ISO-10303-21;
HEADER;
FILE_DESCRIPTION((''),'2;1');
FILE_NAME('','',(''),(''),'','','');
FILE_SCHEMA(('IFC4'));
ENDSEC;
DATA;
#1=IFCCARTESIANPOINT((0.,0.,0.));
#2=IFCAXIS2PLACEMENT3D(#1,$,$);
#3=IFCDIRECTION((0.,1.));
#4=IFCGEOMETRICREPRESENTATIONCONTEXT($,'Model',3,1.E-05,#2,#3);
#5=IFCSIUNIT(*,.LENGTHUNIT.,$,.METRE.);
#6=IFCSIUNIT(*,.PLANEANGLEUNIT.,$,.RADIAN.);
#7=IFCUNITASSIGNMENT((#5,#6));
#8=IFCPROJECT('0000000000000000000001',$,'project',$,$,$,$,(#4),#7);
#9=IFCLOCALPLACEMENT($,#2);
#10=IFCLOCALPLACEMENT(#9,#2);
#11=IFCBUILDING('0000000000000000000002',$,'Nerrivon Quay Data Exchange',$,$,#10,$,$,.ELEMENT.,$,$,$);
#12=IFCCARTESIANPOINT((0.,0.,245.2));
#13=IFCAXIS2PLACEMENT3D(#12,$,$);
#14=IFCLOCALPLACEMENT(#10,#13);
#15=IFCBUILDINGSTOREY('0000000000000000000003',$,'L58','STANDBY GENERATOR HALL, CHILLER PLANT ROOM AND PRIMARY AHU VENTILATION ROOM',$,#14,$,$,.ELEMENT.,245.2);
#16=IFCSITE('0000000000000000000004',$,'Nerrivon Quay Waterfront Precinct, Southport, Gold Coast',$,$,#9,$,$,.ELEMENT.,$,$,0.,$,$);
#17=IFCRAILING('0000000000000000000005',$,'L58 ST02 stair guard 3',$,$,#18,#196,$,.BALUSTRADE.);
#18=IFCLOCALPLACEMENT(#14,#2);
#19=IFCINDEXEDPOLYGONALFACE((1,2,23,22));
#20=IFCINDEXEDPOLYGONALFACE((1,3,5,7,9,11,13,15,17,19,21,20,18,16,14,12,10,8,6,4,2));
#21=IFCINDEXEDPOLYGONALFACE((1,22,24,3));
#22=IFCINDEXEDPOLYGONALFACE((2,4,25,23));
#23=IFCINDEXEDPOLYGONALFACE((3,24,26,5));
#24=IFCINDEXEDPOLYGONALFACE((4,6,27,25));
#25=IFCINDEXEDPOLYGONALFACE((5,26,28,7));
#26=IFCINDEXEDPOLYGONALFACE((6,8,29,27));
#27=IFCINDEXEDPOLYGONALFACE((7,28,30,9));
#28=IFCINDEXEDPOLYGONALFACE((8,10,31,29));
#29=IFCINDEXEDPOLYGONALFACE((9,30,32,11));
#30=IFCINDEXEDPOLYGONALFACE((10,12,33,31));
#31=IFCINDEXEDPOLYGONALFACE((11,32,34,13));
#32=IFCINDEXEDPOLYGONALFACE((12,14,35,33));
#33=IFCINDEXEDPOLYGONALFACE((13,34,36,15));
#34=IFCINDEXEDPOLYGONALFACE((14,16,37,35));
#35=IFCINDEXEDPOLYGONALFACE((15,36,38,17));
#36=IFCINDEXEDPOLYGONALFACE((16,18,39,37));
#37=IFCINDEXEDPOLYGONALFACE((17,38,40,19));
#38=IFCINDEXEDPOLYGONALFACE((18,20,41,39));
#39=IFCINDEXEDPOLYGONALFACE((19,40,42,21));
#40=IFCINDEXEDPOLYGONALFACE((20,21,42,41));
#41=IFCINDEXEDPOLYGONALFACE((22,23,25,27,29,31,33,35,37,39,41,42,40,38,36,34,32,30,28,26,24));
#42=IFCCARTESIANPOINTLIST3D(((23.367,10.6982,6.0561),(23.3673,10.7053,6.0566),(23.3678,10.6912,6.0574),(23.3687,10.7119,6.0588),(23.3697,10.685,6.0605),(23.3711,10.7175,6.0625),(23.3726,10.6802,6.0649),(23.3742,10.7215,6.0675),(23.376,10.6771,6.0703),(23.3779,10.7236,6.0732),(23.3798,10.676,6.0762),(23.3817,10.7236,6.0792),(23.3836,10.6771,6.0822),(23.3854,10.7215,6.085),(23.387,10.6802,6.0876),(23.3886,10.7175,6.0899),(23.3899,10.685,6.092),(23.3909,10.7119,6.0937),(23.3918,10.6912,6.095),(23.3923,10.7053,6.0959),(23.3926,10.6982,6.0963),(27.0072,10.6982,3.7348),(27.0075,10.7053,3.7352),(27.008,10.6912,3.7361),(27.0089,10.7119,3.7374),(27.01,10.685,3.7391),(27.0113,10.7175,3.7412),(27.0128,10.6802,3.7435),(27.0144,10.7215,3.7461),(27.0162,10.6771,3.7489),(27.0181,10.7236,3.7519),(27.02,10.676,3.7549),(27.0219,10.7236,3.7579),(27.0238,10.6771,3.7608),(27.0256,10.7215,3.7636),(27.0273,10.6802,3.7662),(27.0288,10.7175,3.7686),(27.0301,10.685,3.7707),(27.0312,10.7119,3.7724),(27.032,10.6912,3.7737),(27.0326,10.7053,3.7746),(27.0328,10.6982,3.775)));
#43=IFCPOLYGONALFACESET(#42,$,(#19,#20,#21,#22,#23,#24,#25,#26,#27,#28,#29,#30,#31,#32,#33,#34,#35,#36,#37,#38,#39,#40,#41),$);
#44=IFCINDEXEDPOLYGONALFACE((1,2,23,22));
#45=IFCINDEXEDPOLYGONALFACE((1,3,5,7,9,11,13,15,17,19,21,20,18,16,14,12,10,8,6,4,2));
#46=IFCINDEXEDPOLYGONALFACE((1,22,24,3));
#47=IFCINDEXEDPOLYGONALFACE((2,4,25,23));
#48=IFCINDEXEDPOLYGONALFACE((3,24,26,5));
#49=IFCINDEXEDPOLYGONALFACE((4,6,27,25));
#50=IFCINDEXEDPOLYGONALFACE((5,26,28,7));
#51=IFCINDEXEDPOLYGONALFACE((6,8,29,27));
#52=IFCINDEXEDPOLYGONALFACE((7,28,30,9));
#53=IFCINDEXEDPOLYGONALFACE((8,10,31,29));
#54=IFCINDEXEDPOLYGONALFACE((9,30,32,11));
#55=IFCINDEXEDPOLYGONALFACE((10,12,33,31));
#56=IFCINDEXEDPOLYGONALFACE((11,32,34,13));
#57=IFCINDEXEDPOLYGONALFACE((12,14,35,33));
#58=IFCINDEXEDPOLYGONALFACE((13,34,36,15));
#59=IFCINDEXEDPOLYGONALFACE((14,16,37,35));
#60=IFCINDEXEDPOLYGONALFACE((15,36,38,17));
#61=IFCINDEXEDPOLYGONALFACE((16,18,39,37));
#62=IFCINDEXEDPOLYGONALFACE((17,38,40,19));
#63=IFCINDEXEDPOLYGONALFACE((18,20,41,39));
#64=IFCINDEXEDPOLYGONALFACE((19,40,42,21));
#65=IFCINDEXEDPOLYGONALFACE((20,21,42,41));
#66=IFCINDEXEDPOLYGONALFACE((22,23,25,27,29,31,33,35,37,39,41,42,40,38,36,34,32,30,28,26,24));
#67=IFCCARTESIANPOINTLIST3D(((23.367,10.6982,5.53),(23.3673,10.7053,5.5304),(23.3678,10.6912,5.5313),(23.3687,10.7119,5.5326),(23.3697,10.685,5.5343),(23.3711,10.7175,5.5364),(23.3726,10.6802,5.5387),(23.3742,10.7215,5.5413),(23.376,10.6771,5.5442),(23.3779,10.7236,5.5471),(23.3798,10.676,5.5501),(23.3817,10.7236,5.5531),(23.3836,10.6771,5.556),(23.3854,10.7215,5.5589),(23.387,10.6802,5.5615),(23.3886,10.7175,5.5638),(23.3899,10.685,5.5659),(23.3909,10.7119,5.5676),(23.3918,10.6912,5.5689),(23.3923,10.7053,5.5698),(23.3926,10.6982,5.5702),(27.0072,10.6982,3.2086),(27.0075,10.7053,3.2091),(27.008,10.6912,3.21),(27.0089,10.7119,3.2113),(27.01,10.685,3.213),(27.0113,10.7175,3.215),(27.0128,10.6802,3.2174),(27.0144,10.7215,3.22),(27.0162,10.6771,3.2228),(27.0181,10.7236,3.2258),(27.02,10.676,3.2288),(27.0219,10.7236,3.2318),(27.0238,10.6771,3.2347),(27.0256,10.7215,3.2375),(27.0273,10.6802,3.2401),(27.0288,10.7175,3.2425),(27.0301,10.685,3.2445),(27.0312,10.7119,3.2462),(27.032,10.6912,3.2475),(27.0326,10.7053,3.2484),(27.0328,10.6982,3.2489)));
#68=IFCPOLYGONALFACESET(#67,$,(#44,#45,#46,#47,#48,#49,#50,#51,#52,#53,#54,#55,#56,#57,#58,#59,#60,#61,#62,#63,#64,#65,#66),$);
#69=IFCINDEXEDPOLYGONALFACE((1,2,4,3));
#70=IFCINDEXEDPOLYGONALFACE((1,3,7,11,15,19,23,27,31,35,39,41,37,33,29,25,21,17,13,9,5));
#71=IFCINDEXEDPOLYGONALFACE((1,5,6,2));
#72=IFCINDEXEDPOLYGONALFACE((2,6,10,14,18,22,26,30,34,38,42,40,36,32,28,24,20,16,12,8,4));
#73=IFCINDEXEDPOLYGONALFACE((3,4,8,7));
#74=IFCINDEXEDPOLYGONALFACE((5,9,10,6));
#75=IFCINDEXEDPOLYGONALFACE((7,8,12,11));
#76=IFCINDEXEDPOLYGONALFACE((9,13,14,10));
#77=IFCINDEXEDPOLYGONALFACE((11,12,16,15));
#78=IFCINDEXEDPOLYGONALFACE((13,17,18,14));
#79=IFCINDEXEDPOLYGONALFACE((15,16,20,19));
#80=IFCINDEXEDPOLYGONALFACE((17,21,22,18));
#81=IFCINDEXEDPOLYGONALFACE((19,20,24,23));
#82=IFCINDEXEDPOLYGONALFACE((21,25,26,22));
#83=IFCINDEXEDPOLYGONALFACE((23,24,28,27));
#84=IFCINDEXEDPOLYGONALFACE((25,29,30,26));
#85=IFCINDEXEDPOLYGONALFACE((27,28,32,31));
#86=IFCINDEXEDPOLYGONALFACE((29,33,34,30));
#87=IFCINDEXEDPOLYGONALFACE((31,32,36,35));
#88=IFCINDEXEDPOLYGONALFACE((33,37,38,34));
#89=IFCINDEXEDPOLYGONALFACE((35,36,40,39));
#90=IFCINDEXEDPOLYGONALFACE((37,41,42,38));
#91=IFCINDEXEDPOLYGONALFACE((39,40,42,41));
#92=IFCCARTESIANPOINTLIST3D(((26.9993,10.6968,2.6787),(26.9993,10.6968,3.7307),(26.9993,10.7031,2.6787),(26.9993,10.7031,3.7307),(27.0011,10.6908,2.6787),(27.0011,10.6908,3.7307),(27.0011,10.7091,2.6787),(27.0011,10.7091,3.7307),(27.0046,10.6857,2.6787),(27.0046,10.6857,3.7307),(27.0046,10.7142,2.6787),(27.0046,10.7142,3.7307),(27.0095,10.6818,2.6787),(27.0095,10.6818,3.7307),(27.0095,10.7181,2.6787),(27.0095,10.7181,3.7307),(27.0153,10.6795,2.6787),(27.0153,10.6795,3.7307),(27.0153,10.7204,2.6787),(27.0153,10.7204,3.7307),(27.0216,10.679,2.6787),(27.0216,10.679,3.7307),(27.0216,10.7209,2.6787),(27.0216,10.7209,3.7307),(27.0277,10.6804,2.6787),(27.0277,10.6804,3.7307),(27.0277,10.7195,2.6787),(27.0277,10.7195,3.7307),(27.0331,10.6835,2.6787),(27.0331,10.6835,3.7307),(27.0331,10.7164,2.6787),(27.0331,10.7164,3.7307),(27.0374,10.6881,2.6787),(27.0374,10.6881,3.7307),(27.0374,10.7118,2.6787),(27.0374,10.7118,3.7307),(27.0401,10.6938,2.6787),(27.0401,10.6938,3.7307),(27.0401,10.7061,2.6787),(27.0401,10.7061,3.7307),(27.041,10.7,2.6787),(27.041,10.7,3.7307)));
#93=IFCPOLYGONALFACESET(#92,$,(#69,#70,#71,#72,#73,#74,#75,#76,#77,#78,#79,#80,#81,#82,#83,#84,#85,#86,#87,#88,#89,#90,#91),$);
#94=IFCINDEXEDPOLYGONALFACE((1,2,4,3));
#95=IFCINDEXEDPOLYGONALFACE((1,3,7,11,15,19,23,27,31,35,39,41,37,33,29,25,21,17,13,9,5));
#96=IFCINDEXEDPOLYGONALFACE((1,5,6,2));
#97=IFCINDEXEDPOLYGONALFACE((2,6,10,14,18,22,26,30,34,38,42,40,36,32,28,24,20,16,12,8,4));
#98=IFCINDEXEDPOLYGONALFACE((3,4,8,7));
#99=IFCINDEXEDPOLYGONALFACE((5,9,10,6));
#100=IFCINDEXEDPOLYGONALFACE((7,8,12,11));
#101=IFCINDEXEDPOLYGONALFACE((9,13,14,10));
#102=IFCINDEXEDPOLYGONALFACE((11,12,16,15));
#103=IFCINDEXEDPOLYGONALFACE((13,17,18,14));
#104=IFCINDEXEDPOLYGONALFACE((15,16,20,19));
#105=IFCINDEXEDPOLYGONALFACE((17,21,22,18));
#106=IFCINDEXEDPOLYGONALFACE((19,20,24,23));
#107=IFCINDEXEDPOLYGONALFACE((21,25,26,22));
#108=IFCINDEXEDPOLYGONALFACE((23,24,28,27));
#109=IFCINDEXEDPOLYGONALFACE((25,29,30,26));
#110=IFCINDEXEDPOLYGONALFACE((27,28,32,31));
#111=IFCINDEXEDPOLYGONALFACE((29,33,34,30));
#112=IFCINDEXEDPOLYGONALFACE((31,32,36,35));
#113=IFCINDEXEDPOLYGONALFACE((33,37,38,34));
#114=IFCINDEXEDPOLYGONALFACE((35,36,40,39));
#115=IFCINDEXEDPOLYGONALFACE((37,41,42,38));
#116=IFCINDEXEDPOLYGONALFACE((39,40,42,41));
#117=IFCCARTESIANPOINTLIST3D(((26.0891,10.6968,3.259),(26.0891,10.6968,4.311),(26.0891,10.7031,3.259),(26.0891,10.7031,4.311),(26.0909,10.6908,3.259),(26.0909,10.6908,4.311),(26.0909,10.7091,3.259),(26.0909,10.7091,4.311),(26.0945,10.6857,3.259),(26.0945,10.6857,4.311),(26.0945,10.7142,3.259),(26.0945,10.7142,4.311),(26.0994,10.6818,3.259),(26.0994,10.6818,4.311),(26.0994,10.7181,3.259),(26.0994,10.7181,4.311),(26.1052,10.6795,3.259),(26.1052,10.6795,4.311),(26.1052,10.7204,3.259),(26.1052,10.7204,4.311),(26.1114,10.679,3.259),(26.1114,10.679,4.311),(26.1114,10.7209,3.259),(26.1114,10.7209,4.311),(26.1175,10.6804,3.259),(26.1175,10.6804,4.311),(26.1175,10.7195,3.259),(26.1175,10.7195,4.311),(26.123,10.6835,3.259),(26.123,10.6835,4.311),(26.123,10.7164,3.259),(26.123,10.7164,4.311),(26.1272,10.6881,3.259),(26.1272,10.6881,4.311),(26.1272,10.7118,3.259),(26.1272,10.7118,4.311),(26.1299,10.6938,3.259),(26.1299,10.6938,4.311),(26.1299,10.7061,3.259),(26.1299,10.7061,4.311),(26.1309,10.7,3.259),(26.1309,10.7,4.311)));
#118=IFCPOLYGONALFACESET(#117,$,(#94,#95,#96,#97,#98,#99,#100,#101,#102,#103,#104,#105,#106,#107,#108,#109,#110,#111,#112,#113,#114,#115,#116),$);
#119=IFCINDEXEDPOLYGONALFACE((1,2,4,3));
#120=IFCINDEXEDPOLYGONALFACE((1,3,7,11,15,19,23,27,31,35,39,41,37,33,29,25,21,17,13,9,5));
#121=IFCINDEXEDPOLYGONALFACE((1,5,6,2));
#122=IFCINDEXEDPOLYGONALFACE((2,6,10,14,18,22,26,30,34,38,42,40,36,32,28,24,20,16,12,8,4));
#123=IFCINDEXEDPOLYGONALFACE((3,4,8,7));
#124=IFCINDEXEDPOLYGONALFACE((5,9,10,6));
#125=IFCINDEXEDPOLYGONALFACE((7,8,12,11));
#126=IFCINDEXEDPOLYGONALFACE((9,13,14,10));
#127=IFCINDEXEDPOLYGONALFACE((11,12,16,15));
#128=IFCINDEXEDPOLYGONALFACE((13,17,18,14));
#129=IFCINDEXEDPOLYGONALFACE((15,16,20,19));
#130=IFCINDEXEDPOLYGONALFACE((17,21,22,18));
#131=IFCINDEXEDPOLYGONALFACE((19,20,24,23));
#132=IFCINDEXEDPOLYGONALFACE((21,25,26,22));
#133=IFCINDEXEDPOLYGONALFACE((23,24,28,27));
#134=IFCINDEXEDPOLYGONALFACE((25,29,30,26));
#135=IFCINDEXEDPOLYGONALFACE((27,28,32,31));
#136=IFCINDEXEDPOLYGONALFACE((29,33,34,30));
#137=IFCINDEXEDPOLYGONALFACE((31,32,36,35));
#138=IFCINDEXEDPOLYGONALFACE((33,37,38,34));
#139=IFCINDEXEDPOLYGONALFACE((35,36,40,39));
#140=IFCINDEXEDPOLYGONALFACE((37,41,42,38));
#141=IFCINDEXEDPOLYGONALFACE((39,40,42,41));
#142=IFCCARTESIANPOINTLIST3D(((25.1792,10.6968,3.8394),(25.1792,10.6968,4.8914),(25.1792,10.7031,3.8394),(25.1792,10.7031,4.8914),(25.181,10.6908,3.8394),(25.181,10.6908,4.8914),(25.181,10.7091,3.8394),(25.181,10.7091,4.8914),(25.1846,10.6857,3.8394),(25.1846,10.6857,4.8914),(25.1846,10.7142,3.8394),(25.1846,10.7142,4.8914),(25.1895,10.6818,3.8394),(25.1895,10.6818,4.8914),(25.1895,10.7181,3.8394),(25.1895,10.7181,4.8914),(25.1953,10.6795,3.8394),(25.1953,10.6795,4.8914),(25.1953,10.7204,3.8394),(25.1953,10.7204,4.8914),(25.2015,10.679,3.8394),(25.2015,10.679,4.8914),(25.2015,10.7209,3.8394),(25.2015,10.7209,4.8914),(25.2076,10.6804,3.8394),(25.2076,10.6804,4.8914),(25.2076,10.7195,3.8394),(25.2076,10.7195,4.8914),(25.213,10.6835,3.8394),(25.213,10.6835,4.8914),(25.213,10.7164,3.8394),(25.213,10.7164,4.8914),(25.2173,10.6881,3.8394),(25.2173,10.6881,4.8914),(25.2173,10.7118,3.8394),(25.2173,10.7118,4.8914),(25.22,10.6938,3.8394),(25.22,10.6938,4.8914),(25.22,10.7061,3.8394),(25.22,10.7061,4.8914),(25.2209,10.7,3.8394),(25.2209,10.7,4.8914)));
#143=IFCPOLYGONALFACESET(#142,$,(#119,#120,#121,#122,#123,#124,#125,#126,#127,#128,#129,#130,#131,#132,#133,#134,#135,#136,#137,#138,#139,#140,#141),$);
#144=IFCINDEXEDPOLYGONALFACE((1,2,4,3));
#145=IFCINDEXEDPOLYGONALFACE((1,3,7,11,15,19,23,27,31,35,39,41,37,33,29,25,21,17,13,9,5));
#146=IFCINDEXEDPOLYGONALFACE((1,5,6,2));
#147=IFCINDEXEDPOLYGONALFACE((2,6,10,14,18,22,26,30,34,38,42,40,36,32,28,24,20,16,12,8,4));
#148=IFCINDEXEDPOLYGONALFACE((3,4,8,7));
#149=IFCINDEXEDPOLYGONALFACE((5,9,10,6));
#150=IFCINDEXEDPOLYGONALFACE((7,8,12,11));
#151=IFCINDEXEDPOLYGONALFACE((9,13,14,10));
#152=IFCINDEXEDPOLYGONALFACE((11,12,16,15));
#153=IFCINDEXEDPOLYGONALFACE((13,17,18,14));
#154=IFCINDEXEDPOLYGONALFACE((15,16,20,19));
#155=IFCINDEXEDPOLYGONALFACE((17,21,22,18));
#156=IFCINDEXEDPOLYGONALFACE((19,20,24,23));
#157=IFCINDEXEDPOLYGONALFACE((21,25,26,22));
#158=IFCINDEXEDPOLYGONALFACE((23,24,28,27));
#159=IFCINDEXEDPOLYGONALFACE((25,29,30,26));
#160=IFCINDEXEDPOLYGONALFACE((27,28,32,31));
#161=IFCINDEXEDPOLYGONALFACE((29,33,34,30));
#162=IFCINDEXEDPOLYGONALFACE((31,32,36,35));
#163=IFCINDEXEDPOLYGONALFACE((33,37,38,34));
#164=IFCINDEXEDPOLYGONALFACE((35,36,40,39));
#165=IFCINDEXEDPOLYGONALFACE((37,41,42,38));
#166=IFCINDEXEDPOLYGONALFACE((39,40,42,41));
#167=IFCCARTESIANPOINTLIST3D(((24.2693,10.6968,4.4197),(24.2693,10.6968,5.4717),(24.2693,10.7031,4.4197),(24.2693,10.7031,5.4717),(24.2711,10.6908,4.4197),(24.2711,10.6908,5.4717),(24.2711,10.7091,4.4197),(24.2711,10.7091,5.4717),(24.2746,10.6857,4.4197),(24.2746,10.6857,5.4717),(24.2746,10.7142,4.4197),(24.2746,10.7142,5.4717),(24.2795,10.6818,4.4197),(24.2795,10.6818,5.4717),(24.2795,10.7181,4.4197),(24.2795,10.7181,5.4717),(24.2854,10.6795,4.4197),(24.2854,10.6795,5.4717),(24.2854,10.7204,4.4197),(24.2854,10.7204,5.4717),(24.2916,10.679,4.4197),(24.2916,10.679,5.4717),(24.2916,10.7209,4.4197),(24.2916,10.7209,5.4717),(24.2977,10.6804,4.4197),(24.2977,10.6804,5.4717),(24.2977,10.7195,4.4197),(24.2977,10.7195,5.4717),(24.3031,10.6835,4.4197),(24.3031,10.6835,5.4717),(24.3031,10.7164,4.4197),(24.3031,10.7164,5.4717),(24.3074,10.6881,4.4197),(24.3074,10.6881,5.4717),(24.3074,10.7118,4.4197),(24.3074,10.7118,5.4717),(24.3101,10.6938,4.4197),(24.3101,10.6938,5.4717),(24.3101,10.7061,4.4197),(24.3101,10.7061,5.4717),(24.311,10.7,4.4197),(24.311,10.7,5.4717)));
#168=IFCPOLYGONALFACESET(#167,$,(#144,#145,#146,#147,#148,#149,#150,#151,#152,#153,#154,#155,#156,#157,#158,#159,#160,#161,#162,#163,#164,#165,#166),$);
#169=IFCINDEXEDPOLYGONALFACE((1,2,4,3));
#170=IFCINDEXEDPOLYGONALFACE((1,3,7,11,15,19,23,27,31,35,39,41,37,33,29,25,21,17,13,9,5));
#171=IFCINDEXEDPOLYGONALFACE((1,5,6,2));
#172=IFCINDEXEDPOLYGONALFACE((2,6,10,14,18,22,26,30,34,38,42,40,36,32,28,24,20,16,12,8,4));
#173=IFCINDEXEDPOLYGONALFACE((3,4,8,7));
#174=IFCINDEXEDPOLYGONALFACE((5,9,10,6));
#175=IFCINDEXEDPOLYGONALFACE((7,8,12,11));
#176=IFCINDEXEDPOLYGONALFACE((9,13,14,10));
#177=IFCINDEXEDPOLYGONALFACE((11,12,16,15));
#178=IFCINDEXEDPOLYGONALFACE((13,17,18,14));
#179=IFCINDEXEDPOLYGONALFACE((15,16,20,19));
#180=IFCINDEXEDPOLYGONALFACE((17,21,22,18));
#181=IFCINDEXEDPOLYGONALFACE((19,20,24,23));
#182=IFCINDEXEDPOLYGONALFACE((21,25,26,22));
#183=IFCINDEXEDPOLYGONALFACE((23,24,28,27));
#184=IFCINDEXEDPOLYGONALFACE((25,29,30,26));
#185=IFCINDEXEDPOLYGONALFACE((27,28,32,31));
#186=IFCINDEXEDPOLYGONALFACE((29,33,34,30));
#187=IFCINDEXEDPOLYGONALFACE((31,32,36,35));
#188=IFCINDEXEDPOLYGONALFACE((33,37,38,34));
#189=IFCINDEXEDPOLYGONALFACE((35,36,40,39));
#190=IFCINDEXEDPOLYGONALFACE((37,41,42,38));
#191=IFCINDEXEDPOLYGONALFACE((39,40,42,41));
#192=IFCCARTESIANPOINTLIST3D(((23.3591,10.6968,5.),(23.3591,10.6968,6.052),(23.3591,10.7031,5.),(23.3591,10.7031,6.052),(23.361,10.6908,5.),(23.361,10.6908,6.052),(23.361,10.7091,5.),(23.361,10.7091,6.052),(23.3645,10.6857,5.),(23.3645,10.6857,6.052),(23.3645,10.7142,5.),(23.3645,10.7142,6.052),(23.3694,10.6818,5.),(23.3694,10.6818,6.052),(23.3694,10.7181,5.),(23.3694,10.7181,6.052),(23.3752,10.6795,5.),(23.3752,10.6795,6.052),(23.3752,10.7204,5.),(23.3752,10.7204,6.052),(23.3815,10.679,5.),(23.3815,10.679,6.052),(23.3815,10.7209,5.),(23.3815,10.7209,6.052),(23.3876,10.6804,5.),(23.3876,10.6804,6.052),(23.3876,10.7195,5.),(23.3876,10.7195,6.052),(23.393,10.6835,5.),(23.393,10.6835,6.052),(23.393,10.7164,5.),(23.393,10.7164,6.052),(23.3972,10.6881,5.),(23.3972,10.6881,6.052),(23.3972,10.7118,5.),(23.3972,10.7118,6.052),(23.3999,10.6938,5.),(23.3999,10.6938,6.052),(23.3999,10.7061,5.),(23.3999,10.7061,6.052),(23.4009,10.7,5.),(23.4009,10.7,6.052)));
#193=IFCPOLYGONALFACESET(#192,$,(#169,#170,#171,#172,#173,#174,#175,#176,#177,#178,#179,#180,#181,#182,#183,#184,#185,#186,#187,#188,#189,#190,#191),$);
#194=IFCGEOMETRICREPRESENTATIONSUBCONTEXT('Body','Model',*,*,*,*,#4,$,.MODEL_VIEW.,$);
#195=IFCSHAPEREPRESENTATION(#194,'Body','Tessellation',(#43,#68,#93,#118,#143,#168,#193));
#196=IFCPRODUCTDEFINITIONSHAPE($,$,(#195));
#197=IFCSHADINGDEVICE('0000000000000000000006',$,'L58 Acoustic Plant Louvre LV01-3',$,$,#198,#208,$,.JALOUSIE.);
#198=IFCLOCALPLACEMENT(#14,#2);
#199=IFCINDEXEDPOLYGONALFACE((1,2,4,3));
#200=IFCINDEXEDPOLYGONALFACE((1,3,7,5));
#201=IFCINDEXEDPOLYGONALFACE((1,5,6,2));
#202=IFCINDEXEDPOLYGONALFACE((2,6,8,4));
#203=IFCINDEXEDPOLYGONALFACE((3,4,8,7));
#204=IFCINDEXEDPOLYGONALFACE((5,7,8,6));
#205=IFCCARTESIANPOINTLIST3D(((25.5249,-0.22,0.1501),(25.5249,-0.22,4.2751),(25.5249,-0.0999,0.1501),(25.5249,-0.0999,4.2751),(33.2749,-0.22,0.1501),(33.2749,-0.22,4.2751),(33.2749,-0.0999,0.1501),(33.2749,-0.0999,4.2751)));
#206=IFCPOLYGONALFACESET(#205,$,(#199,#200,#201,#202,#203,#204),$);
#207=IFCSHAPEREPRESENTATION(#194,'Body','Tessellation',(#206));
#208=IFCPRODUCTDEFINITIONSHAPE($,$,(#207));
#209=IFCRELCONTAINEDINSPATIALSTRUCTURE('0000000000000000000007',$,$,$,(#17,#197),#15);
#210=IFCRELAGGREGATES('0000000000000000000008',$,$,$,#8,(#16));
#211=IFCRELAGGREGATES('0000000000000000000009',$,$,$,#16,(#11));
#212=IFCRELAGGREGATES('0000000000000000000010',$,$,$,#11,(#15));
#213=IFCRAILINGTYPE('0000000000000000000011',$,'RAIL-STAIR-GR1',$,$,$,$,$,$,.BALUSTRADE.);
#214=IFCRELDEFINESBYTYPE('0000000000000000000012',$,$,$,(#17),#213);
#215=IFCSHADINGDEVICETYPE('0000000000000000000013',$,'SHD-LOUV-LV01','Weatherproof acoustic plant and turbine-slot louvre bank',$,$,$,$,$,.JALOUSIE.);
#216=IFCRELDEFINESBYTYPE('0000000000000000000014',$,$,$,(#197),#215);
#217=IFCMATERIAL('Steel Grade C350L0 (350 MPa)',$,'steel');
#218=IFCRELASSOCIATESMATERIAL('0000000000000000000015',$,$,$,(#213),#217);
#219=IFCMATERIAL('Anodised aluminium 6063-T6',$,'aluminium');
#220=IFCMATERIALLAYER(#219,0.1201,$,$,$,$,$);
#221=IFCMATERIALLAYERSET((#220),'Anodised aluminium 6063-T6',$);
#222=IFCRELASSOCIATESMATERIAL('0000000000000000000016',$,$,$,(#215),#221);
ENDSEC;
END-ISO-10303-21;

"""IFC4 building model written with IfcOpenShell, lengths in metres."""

from ifc_helpers import new_model, si_unit, direction, frame, origin, origin_2d, place, context, subcontext, project, spatial, rectangle, circle, extrude, material, layer, layer_set, type_object, element, save


model = new_model("IFC4")

# Units and contexts
model_context = context("Model", 3, precision=1e-05, world=origin(), true_north=direction((0.0, 1.0)))
body_context = subcontext(model_context, "Body", "Model", "MODEL_VIEW")
ifc_project = project(units=[si_unit("LENGTHUNIT", "METRE"), si_unit("PLANEANGLEUNIT", "RADIAN")], contexts=[model_context])

# Site, building, storey
site_placement = place(None, origin())
site = spatial("IfcSite", under=ifc_project, at=site_placement, Name="Nerrivon Quay Waterfront Precinct, Southport, Gold Coast", CompositionType="ELEMENT", RefElevation=0.0)
building_placement = place(site_placement, origin())
building = spatial("IfcBuilding", under=site, at=building_placement, Name="Nerrivon Quay Data Exchange", CompositionType="ELEMENT")
storey_placement = place(building_placement, frame((0.0, 0.0, 245.2)))
storey = spatial("IfcBuildingStorey", under=building, at=storey_placement, Name="L58", Description="STANDBY GENERATOR HALL, CHILLER PLANT ROOM AND PRIMARY AHU VENTILATION ROOM", CompositionType="ELEMENT", Elevation=245.2)

# Shared definitions
ifc_material_1 = material(Name="Steel Grade C350L0 (350 MPa)", Category="steel")

# Railing
railing_type_1 = type_object("IfcRailingType", Name="RAIL-STAIR-GR1", PredefinedType="BALUSTRADE", material=ifc_material_1)
railing_1_placement = place(storey_placement, frame((27.02, 10.7, 2.6787)))
element("IfcRailing", 1, at=railing_1_placement, inside=storey, type_object=railing_type_1, Name="L58 ST02 stair guard 3", PredefinedType="BALUSTRADE", context=body_context, shape_type="SweptSolid", body=[
    extrude(circle(Radius=0.0239, at=origin_2d()), frame((0.0, 0.0, 1.0762), z_axis=(-0.843153, 0.0, 0.537673), x_axis=(0.0, -1.0, 0.0)), (0.0, 0.0, 1.0), 4.3174),
    extrude(circle(Radius=0.0239, at=origin_2d()), frame((0.0, 0.0, 0.55), z_axis=(-0.843153, 0.0, 0.537673), x_axis=(0.0, -1.0, 0.0)), (0.0, 0.0, 1.0), 4.3174),
    extrude(circle(Radius=0.021, at=origin_2d()), origin(), (0.0, 0.0, 1.0), 1.052),
    extrude(circle(Radius=0.021, at=origin_2d()), frame((-0.9102, 0.0, 0.5803)), (0.0, 0.0, 1.0), 1.052),
    extrude(circle(Radius=0.021, at=origin_2d()), frame((-1.8201, 0.0, 1.1606)), (0.0, 0.0, 1.0), 1.052),
    extrude(circle(Radius=0.021, at=origin_2d()), frame((-2.73, 0.0, 1.741)), (0.0, 0.0, 1.0), 1.052),
    extrude(circle(Radius=0.021, at=origin_2d()), frame((-3.6401, 0.0, 2.3213)), (0.0, 0.0, 1.0), 1.052),
])

# Shading device
ifc_material_2 = material(Name="Anodised aluminium 6063-T6", Category="aluminium")
ifc_layer_1 = layer(ifc_material_2, 0.1201)
ifc_layer_set_1 = layer_set([ifc_layer_1], Name="Anodised aluminium 6063-T6")
shading_device_type = type_object("IfcShadingDeviceType", Name="SHD-LOUV-LV01", Description="Weatherproof acoustic plant and turbine-slot louvre bank", PredefinedType="JALOUSIE", material=ifc_layer_set_1)
shading_device_placement = place(storey_placement, frame((29.3999, -0.1599, 0.1501), z_axis=(0.0, 0.0, 1.0), x_axis=(-1.0, 0.0, 0.0)))
element("IfcShadingDevice", 2, at=shading_device_placement, inside=storey, type_object=shading_device_type, Name="L58 Acoustic Plant Louvre LV01-3", PredefinedType="JALOUSIE", context=body_context, shape_type="SweptSolid", body=[
    extrude(rectangle(XDim=7.75, YDim=0.1201, at=origin_2d()), origin(), (0.0, 0.0, 1.0), 4.125),
])

save(model, "model.ifc")
